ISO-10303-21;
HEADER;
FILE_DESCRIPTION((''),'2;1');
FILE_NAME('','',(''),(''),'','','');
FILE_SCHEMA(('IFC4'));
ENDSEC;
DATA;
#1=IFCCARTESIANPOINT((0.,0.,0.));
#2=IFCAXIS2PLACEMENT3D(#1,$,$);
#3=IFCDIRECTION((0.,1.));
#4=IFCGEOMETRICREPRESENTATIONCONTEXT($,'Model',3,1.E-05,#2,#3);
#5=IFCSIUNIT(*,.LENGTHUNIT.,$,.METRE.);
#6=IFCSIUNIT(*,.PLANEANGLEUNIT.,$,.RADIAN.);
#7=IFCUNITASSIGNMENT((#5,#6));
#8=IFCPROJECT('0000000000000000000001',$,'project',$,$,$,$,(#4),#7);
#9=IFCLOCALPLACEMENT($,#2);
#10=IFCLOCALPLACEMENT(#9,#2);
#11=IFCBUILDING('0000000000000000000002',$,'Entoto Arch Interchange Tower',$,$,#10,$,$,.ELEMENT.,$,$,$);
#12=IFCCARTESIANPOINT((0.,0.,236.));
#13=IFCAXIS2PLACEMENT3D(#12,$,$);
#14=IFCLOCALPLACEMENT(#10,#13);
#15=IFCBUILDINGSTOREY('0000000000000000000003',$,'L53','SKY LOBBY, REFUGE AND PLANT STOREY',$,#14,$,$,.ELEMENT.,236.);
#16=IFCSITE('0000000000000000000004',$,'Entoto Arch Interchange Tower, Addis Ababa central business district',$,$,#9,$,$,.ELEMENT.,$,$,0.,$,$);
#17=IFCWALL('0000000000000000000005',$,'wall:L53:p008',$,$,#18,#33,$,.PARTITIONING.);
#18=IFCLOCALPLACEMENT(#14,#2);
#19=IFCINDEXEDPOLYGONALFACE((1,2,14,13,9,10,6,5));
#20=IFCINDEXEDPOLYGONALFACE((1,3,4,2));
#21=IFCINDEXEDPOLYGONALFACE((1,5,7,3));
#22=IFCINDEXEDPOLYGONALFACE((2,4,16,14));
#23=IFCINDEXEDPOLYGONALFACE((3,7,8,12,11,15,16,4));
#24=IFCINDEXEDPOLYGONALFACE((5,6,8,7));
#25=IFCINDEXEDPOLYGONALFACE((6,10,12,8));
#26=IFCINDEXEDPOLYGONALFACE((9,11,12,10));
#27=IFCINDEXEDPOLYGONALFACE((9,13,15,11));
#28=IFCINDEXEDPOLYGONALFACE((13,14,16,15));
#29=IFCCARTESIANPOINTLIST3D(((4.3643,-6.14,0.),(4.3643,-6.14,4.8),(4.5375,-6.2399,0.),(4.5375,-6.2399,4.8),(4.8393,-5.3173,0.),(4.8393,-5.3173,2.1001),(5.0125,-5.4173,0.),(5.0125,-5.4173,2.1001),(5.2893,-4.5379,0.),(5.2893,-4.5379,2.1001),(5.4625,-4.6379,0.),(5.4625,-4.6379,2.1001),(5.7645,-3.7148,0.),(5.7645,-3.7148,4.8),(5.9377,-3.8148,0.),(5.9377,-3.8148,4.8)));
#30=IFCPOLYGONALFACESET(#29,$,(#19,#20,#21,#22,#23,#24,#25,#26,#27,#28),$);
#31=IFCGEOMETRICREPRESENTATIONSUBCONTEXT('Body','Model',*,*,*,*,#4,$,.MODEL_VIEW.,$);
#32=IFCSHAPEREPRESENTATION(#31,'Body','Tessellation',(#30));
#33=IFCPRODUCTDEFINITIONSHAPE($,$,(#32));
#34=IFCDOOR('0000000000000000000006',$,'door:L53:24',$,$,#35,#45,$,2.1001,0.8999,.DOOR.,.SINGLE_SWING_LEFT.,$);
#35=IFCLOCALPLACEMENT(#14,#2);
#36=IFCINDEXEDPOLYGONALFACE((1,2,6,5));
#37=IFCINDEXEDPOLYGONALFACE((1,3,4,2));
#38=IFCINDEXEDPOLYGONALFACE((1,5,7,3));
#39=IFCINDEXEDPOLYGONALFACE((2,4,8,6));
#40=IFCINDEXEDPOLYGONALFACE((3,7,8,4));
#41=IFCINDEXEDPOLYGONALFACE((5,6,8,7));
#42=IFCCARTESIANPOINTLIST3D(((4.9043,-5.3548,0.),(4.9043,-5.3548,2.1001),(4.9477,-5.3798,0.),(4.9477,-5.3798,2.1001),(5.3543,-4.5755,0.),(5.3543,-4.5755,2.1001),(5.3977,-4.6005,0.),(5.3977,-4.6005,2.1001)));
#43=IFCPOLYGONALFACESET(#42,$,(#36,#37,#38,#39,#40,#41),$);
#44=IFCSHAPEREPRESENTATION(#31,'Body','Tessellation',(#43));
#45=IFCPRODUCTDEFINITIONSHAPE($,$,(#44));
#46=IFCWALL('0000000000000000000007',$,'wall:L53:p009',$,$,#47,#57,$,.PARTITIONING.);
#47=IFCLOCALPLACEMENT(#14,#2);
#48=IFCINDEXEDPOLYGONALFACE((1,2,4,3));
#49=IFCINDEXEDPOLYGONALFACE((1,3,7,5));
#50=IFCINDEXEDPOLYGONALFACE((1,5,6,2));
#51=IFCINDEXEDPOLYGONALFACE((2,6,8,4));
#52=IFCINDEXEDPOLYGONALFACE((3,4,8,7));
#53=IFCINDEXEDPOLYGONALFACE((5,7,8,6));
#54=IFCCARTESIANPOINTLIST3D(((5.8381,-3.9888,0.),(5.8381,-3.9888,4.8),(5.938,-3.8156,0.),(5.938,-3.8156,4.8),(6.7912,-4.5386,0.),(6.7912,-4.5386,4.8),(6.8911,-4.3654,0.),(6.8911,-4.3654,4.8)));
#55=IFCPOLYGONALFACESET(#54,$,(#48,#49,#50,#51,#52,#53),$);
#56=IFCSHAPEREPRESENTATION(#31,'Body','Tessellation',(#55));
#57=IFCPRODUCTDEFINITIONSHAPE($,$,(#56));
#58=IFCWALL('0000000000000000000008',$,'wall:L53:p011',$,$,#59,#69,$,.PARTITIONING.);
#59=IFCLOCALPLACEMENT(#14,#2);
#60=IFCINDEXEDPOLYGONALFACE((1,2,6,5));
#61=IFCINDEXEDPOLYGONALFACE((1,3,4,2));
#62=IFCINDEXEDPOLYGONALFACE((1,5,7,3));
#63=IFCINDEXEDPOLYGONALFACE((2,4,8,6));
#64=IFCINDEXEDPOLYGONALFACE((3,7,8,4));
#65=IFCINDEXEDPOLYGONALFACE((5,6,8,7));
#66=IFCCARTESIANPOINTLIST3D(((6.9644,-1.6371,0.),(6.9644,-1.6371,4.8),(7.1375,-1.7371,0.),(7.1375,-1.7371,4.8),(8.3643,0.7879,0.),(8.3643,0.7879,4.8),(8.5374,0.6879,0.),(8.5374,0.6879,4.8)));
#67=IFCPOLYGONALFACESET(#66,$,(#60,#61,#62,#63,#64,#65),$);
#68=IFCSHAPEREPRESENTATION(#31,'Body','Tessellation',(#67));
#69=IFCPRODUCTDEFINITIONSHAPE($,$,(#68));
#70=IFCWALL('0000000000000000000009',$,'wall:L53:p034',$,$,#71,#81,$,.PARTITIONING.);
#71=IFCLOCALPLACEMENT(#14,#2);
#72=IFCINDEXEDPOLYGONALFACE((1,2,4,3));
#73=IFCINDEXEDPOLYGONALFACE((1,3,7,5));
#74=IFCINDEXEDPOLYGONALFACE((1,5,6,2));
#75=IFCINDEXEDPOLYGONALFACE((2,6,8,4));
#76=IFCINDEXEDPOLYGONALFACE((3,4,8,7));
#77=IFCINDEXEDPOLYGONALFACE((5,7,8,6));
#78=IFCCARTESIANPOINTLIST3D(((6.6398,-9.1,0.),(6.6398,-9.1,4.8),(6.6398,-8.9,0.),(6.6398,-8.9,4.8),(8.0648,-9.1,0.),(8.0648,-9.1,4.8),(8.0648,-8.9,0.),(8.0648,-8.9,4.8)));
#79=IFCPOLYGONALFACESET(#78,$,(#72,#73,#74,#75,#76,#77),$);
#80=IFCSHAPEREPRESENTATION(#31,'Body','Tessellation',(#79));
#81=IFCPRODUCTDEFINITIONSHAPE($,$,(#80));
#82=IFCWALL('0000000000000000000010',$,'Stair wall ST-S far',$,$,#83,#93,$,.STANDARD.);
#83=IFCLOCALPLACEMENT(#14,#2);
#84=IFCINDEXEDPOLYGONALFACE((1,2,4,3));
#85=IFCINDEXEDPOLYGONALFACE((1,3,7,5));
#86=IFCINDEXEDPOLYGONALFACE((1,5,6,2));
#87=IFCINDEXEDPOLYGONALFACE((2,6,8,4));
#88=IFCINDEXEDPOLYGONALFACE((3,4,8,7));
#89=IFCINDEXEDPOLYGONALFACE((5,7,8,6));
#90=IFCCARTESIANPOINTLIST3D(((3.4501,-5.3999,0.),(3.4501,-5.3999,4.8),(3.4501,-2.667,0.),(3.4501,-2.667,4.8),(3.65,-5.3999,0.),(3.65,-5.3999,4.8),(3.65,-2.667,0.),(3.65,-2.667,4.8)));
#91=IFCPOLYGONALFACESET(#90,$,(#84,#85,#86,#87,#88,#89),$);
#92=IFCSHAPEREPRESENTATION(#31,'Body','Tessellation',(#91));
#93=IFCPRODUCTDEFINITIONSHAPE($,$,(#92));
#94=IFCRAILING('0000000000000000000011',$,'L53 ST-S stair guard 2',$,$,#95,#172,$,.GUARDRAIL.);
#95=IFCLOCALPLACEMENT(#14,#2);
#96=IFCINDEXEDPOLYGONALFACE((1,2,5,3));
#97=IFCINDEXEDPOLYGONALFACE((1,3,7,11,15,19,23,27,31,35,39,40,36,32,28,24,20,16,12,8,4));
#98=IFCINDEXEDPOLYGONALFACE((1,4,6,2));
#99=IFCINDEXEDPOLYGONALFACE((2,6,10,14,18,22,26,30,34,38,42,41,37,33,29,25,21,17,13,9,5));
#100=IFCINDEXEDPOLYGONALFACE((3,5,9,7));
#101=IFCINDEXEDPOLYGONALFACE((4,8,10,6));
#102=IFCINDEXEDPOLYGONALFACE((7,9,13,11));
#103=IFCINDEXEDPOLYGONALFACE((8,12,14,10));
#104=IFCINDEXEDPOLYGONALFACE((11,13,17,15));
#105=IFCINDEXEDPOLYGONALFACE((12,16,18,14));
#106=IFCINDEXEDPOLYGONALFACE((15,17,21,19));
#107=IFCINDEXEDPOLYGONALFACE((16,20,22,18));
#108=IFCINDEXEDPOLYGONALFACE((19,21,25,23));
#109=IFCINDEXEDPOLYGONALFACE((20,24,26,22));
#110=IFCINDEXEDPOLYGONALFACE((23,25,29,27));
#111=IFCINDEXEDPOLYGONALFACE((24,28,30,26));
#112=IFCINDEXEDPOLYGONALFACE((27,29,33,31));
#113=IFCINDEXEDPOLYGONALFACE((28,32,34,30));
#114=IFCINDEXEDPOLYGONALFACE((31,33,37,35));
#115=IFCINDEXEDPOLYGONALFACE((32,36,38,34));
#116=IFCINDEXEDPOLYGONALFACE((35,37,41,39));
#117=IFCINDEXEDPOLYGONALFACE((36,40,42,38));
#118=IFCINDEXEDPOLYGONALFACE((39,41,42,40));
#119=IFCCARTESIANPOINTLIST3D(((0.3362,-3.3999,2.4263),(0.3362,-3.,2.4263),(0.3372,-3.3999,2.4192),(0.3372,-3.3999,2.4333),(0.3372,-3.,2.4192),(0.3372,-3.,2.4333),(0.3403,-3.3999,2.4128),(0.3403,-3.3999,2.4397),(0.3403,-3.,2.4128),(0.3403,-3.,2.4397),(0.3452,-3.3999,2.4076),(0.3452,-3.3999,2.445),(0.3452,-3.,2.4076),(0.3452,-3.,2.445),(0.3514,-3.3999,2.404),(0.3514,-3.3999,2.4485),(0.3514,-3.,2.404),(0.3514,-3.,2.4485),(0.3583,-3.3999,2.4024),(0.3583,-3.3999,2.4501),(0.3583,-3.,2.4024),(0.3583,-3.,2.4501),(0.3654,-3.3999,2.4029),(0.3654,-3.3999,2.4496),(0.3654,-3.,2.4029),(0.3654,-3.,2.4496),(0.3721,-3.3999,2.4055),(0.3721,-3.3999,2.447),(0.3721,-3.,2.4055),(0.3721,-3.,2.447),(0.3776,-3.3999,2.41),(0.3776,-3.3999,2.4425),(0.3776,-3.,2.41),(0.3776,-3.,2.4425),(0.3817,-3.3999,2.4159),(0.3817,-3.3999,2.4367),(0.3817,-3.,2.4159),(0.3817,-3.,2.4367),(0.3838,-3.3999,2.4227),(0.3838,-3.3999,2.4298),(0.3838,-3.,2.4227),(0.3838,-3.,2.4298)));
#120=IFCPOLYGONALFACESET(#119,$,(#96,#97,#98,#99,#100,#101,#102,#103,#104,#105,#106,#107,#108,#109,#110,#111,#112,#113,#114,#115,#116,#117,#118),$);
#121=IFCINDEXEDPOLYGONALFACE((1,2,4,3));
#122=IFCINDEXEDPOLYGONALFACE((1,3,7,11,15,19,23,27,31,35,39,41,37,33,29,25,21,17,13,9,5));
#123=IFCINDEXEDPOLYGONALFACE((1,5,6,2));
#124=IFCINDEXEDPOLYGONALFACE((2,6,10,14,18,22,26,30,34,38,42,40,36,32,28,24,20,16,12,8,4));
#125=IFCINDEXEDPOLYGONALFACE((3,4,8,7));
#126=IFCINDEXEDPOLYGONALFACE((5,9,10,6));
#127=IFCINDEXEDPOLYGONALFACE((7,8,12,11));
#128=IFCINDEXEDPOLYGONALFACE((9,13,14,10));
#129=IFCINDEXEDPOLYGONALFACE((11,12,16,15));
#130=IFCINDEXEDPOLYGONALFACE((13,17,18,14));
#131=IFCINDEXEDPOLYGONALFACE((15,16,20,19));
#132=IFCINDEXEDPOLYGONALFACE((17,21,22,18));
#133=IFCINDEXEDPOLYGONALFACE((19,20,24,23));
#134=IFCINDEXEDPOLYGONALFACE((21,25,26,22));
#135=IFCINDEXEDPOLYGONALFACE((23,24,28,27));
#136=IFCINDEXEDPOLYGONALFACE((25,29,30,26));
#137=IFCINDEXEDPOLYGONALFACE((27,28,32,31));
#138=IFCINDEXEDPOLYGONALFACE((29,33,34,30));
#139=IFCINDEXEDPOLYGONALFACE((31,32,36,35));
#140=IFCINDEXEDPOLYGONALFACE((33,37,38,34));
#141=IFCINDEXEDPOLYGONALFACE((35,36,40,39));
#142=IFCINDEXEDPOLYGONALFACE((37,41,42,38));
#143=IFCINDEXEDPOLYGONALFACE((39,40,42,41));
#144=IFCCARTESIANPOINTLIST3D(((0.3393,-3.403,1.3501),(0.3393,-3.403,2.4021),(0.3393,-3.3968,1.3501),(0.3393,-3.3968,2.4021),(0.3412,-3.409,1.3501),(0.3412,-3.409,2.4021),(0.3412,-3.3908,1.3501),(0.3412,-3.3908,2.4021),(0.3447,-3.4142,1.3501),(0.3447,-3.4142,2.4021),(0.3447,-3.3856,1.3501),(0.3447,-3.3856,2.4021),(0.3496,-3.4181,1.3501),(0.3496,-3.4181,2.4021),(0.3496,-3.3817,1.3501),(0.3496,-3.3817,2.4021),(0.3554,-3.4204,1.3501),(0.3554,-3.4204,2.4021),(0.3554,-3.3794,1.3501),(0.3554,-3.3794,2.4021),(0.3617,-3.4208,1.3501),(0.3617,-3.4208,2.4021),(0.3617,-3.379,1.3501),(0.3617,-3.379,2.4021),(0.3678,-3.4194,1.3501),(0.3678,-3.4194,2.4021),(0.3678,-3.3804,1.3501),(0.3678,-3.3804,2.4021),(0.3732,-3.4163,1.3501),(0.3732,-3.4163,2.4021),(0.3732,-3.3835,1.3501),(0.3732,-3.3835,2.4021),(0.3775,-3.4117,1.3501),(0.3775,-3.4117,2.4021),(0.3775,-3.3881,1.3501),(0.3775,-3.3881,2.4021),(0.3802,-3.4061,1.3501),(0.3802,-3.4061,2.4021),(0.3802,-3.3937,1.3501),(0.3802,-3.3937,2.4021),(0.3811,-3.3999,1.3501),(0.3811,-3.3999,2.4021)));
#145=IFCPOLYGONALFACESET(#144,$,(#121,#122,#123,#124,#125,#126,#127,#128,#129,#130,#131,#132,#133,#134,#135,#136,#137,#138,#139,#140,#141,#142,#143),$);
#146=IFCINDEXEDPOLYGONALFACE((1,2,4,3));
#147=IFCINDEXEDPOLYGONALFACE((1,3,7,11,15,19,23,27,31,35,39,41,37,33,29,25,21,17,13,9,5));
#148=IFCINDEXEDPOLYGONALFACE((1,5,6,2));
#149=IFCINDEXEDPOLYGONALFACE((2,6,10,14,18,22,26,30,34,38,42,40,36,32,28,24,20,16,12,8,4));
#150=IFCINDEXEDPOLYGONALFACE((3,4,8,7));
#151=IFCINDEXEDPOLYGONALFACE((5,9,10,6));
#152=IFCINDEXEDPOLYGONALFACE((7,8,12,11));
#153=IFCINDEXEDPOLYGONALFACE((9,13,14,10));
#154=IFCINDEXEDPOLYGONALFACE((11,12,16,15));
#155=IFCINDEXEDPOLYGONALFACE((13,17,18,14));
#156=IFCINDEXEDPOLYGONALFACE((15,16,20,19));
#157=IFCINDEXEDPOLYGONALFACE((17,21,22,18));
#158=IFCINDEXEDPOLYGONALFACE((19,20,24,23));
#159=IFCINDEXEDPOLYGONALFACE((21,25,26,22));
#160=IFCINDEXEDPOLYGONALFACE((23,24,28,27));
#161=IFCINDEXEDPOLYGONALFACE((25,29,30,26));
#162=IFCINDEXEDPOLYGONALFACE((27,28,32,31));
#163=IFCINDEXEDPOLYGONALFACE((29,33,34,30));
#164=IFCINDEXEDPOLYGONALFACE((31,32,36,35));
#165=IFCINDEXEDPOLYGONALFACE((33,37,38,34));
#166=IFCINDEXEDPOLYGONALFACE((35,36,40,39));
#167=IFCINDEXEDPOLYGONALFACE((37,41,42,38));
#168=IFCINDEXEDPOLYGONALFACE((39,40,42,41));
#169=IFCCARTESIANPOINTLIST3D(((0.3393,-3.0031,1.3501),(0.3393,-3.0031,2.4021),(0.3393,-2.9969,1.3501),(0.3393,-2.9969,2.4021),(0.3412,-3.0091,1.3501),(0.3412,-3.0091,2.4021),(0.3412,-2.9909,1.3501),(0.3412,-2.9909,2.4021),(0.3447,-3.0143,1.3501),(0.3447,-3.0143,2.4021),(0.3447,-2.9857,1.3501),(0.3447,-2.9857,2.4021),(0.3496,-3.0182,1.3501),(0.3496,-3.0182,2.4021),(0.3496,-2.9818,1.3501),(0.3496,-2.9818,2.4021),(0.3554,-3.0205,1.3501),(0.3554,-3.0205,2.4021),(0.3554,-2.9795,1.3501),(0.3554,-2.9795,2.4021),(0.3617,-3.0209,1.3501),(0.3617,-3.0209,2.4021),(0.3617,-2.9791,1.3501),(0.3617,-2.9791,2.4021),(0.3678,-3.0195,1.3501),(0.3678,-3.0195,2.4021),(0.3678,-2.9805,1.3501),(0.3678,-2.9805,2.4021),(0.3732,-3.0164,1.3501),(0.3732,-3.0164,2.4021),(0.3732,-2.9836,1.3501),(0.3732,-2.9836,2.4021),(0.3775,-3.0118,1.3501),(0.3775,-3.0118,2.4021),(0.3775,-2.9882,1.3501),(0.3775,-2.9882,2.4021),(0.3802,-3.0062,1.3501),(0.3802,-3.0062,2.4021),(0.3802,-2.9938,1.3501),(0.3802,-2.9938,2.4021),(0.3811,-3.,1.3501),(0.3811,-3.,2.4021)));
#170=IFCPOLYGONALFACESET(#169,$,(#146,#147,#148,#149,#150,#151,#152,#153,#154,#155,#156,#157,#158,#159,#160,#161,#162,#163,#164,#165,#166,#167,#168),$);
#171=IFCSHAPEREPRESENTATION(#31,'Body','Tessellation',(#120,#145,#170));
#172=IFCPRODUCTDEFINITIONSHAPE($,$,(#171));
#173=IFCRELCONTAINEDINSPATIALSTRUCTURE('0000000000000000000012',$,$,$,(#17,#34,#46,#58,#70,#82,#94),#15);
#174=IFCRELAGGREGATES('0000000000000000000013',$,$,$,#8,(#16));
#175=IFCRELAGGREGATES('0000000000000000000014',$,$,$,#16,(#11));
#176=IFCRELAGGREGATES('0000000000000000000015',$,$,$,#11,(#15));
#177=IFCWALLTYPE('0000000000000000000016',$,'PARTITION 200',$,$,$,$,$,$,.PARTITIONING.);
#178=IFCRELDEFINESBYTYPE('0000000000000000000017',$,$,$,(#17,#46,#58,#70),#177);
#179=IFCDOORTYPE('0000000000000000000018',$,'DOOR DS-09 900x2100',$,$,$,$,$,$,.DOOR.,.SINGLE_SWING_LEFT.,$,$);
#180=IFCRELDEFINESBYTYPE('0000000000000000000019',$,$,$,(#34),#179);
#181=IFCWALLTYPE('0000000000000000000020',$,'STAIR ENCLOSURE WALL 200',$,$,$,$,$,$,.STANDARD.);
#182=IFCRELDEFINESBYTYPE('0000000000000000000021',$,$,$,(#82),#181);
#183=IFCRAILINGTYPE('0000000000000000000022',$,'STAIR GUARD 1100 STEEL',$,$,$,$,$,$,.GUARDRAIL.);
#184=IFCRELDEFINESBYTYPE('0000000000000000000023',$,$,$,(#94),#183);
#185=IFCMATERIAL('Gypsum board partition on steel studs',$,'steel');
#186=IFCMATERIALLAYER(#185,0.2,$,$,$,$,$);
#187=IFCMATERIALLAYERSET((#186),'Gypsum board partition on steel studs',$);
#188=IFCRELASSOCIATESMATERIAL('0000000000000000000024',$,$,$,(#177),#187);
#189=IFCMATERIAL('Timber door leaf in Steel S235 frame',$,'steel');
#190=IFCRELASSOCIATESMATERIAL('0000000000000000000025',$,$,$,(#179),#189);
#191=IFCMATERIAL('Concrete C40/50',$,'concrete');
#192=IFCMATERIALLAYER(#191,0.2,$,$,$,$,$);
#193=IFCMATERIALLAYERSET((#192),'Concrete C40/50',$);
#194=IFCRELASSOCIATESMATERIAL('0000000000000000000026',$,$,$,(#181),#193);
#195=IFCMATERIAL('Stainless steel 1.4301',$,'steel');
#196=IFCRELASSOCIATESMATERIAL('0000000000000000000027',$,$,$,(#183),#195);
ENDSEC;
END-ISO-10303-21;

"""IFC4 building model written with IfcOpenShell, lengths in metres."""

from ifc_helpers import new_model, si_unit, direction, frame, frame_2d, origin, origin_2d, place, context, subcontext, project, spatial, rectangle, circle, extrude, material, layer, layer_set, type_object, element, fill, save


model = new_model("IFC4")

# Units and contexts
model_context = context("Model", 3, precision=1e-05, world=origin(), true_north=direction((0.0, 1.0)))
body_context = subcontext(model_context, "Body", "Model", "MODEL_VIEW")
ifc_project = project(units=[si_unit("LENGTHUNIT", "METRE"), si_unit("PLANEANGLEUNIT", "RADIAN")], contexts=[model_context])

# Site, building, storey
site_placement = place(None, origin())
site = spatial("IfcSite", under=ifc_project, at=site_placement, Name="Entoto Arch Interchange Tower, Addis Ababa central business district", CompositionType="ELEMENT", RefElevation=0.0)
building_placement = place(site_placement, origin())
building = spatial("IfcBuilding", under=site, at=building_placement, Name="Entoto Arch Interchange Tower", CompositionType="ELEMENT")
storey_placement = place(building_placement, frame((0.0, 0.0, 236.0)))
storey = spatial("IfcBuildingStorey", under=building, at=storey_placement, Name="L53", Description="SKY LOBBY, REFUGE AND PLANT STOREY", CompositionType="ELEMENT", Elevation=236.0)

# Shared definitions
ifc_material_1 = material(Name="Concrete C40/50", Category="concrete")

# Shared definitions
ifc_material_2 = material(Name="Gypsum board partition on steel studs", Category="steel")
ifc_layer_1 = layer(ifc_material_2, 0.2)
ifc_layer_set_1 = layer_set([ifc_layer_1], Name="Gypsum board partition on steel studs")
wall_type_1 = type_object("IfcWallType", Name="PARTITION 200", PredefinedType="PARTITIONING", material=ifc_layer_set_1)

# Wall, opening, door
wall_1_placement = place(storey_placement, frame((4.4509, -6.1899, 0.0), z_axis=(0.0, 0.0, 1.0), x_axis=(0.500012, 0.866019, 0.0)))
wall_1 = element("IfcWall", 1, at=wall_1_placement, inside=storey, type_object=wall_type_1, Name="wall:L53:p008", PredefinedType="PARTITIONING", context=body_context, shape_type="SweptSolid", body=[
    extrude(rectangle(XDim=2.8003, YDim=0.2, at=frame_2d((1.4001, 0.0))), origin(), (0.0, 0.0, 1.0), 4.8),
])
opening_1_placement = place(wall_1_placement, frame((0.95, 0.0, 0.0)))
opening_1 = element("IfcOpeningElement", 2, at=opening_1_placement, cuts=wall_1, PredefinedType="OPENING", context=body_context, shape_type="SweptSolid", body=[
    extrude(rectangle(XDim=0.8999, YDim=2.1001, at=frame_2d((0.45, 1.05))), frame((0.0, 0.1099, 0.0), z_axis=(0.0, -1.0, 0.0), x_axis=(1.0, 0.0, 0.0)), (0.0, 0.0, 1.0), 0.22),
])
ifc_material_3 = material(Name="Timber door leaf in Steel S235 frame", Category="steel")
door_type_1 = type_object("IfcDoorType", Name="DOOR DS-09 900x2100", OperationType="SINGLE_SWING_LEFT", PredefinedType="DOOR", material=ifc_material_3)
door_1_placement = place(opening_1_placement, origin())
door_1 = element("IfcDoor", 3, at=door_1_placement, inside=storey, type_object=door_type_1, Name="door:L53:24", OperationType="SINGLE_SWING_LEFT", OverallHeight=2.1001, OverallWidth=0.8999, PredefinedType="DOOR", context=body_context, shape_type="SweptSolid", body=[
    extrude(rectangle(XDim=0.8999, YDim=2.1001, at=frame_2d((0.45, 1.05))), frame((0.0, 0.0249, 0.0), z_axis=(0.0, -1.0, 0.0), x_axis=(1.0, 0.0, 0.0)), (0.0, 0.0, 1.0), 0.05),
])
fill(opening_1, door_1)

# Walls
wall_2_placement = place(storey_placement, frame((5.8879, -3.9021, 0.0), z_axis=(0.0, 0.0, 1.0), x_axis=(0.866215, -0.499671, 0.0)))
element("IfcWall", 4, at=wall_2_placement, inside=storey, type_object=wall_type_1, Name="wall:L53:p009", PredefinedType="PARTITIONING", context=body_context, shape_type="SweptSolid", body=[
    extrude(rectangle(XDim=1.1003, YDim=0.2, at=frame_2d((0.5503, 0.0))), origin(), (0.0, 0.0, 1.0), 4.8),
])
wall_3_placement = place(storey_placement, frame((7.051, -1.687, 0.0), z_axis=(0.0, 0.0, 1.0), x_axis=(0.499946, 0.866056, 0.0)))
element("IfcWall", 5, at=wall_3_placement, inside=storey, type_object=wall_type_1, Name="wall:L53:p011", PredefinedType="PARTITIONING", context=body_context, shape_type="SweptSolid", body=[
    extrude(rectangle(XDim=2.8, YDim=0.2, at=frame_2d((1.3999, 0.0))), origin(), (0.0, 0.0, 1.0), 4.8),
])
wall_4_placement = place(storey_placement, frame((6.6399, -9.0, 0.0), z_axis=(0.0, 0.0, 1.0), x_axis=(1.0, 0.0, 0.0)))
element("IfcWall", 6, at=wall_4_placement, inside=storey, type_object=wall_type_1, Name="wall:L53:p034", PredefinedType="PARTITIONING", context=body_context, shape_type="SweptSolid", body=[
    extrude(rectangle(XDim=1.425, YDim=0.2, at=frame_2d((0.7124, 0.0))), origin(), (0.0, 0.0, 1.0), 4.8),
])
ifc_layer_2 = layer(ifc_material_1, 0.2)
ifc_layer_set_2 = layer_set([ifc_layer_2], Name="Concrete C40/50")
wall_type_2 = type_object("IfcWallType", Name="STAIR ENCLOSURE WALL 200", PredefinedType="STANDARD", material=ifc_layer_set_2)
wall_5_placement = place(storey_placement, frame((3.55, -2.667, 0.0), z_axis=(0.0, 0.0, 1.0), x_axis=(0.0, -1.0, 0.0)))
element("IfcWall", 7, at=wall_5_placement, inside=storey, type_object=wall_type_2, Name="Stair wall ST-S far", PredefinedType="STANDARD", context=body_context, shape_type="SweptSolid", body=[
    extrude(rectangle(XDim=2.7329, YDim=0.2, at=frame_2d((1.3665, 0.0))), origin(), (0.0, 0.0, 1.0), 4.8),
])

# Railing
ifc_material_4 = material(Name="Stainless steel 1.4301", Category="steel")
railing_type = type_object("IfcRailingType", Name="STAIR GUARD 1100 STEEL", PredefinedType="GUARDRAIL", material=ifc_material_4)
railing_1_placement = place(storey_placement, frame((0.3601, -3.3999, 1.3501)))
element("IfcRailing", 8, at=railing_1_placement, inside=storey, type_object=railing_type, Name="L53 ST-S stair guard 2", PredefinedType="GUARDRAIL", context=body_context, shape_type="SweptSolid", body=[
    extrude(circle(Radius=0.0239, at=origin_2d()), frame((0.0, 0.0, 1.0762), z_axis=(0.0, 1.0, 0.0), x_axis=(-1.0, 0.0, 0.0)), (0.0, 0.0, 1.0), 0.3999),
    extrude(circle(Radius=0.021, at=origin_2d()), origin(), (0.0, 0.0, 1.0), 1.052),
    extrude(circle(Radius=0.021, at=origin_2d()), frame((0.0, 0.3999, 0.0)), (0.0, 0.0, 1.0), 1.052),
])

save(model, "model.ifc")
